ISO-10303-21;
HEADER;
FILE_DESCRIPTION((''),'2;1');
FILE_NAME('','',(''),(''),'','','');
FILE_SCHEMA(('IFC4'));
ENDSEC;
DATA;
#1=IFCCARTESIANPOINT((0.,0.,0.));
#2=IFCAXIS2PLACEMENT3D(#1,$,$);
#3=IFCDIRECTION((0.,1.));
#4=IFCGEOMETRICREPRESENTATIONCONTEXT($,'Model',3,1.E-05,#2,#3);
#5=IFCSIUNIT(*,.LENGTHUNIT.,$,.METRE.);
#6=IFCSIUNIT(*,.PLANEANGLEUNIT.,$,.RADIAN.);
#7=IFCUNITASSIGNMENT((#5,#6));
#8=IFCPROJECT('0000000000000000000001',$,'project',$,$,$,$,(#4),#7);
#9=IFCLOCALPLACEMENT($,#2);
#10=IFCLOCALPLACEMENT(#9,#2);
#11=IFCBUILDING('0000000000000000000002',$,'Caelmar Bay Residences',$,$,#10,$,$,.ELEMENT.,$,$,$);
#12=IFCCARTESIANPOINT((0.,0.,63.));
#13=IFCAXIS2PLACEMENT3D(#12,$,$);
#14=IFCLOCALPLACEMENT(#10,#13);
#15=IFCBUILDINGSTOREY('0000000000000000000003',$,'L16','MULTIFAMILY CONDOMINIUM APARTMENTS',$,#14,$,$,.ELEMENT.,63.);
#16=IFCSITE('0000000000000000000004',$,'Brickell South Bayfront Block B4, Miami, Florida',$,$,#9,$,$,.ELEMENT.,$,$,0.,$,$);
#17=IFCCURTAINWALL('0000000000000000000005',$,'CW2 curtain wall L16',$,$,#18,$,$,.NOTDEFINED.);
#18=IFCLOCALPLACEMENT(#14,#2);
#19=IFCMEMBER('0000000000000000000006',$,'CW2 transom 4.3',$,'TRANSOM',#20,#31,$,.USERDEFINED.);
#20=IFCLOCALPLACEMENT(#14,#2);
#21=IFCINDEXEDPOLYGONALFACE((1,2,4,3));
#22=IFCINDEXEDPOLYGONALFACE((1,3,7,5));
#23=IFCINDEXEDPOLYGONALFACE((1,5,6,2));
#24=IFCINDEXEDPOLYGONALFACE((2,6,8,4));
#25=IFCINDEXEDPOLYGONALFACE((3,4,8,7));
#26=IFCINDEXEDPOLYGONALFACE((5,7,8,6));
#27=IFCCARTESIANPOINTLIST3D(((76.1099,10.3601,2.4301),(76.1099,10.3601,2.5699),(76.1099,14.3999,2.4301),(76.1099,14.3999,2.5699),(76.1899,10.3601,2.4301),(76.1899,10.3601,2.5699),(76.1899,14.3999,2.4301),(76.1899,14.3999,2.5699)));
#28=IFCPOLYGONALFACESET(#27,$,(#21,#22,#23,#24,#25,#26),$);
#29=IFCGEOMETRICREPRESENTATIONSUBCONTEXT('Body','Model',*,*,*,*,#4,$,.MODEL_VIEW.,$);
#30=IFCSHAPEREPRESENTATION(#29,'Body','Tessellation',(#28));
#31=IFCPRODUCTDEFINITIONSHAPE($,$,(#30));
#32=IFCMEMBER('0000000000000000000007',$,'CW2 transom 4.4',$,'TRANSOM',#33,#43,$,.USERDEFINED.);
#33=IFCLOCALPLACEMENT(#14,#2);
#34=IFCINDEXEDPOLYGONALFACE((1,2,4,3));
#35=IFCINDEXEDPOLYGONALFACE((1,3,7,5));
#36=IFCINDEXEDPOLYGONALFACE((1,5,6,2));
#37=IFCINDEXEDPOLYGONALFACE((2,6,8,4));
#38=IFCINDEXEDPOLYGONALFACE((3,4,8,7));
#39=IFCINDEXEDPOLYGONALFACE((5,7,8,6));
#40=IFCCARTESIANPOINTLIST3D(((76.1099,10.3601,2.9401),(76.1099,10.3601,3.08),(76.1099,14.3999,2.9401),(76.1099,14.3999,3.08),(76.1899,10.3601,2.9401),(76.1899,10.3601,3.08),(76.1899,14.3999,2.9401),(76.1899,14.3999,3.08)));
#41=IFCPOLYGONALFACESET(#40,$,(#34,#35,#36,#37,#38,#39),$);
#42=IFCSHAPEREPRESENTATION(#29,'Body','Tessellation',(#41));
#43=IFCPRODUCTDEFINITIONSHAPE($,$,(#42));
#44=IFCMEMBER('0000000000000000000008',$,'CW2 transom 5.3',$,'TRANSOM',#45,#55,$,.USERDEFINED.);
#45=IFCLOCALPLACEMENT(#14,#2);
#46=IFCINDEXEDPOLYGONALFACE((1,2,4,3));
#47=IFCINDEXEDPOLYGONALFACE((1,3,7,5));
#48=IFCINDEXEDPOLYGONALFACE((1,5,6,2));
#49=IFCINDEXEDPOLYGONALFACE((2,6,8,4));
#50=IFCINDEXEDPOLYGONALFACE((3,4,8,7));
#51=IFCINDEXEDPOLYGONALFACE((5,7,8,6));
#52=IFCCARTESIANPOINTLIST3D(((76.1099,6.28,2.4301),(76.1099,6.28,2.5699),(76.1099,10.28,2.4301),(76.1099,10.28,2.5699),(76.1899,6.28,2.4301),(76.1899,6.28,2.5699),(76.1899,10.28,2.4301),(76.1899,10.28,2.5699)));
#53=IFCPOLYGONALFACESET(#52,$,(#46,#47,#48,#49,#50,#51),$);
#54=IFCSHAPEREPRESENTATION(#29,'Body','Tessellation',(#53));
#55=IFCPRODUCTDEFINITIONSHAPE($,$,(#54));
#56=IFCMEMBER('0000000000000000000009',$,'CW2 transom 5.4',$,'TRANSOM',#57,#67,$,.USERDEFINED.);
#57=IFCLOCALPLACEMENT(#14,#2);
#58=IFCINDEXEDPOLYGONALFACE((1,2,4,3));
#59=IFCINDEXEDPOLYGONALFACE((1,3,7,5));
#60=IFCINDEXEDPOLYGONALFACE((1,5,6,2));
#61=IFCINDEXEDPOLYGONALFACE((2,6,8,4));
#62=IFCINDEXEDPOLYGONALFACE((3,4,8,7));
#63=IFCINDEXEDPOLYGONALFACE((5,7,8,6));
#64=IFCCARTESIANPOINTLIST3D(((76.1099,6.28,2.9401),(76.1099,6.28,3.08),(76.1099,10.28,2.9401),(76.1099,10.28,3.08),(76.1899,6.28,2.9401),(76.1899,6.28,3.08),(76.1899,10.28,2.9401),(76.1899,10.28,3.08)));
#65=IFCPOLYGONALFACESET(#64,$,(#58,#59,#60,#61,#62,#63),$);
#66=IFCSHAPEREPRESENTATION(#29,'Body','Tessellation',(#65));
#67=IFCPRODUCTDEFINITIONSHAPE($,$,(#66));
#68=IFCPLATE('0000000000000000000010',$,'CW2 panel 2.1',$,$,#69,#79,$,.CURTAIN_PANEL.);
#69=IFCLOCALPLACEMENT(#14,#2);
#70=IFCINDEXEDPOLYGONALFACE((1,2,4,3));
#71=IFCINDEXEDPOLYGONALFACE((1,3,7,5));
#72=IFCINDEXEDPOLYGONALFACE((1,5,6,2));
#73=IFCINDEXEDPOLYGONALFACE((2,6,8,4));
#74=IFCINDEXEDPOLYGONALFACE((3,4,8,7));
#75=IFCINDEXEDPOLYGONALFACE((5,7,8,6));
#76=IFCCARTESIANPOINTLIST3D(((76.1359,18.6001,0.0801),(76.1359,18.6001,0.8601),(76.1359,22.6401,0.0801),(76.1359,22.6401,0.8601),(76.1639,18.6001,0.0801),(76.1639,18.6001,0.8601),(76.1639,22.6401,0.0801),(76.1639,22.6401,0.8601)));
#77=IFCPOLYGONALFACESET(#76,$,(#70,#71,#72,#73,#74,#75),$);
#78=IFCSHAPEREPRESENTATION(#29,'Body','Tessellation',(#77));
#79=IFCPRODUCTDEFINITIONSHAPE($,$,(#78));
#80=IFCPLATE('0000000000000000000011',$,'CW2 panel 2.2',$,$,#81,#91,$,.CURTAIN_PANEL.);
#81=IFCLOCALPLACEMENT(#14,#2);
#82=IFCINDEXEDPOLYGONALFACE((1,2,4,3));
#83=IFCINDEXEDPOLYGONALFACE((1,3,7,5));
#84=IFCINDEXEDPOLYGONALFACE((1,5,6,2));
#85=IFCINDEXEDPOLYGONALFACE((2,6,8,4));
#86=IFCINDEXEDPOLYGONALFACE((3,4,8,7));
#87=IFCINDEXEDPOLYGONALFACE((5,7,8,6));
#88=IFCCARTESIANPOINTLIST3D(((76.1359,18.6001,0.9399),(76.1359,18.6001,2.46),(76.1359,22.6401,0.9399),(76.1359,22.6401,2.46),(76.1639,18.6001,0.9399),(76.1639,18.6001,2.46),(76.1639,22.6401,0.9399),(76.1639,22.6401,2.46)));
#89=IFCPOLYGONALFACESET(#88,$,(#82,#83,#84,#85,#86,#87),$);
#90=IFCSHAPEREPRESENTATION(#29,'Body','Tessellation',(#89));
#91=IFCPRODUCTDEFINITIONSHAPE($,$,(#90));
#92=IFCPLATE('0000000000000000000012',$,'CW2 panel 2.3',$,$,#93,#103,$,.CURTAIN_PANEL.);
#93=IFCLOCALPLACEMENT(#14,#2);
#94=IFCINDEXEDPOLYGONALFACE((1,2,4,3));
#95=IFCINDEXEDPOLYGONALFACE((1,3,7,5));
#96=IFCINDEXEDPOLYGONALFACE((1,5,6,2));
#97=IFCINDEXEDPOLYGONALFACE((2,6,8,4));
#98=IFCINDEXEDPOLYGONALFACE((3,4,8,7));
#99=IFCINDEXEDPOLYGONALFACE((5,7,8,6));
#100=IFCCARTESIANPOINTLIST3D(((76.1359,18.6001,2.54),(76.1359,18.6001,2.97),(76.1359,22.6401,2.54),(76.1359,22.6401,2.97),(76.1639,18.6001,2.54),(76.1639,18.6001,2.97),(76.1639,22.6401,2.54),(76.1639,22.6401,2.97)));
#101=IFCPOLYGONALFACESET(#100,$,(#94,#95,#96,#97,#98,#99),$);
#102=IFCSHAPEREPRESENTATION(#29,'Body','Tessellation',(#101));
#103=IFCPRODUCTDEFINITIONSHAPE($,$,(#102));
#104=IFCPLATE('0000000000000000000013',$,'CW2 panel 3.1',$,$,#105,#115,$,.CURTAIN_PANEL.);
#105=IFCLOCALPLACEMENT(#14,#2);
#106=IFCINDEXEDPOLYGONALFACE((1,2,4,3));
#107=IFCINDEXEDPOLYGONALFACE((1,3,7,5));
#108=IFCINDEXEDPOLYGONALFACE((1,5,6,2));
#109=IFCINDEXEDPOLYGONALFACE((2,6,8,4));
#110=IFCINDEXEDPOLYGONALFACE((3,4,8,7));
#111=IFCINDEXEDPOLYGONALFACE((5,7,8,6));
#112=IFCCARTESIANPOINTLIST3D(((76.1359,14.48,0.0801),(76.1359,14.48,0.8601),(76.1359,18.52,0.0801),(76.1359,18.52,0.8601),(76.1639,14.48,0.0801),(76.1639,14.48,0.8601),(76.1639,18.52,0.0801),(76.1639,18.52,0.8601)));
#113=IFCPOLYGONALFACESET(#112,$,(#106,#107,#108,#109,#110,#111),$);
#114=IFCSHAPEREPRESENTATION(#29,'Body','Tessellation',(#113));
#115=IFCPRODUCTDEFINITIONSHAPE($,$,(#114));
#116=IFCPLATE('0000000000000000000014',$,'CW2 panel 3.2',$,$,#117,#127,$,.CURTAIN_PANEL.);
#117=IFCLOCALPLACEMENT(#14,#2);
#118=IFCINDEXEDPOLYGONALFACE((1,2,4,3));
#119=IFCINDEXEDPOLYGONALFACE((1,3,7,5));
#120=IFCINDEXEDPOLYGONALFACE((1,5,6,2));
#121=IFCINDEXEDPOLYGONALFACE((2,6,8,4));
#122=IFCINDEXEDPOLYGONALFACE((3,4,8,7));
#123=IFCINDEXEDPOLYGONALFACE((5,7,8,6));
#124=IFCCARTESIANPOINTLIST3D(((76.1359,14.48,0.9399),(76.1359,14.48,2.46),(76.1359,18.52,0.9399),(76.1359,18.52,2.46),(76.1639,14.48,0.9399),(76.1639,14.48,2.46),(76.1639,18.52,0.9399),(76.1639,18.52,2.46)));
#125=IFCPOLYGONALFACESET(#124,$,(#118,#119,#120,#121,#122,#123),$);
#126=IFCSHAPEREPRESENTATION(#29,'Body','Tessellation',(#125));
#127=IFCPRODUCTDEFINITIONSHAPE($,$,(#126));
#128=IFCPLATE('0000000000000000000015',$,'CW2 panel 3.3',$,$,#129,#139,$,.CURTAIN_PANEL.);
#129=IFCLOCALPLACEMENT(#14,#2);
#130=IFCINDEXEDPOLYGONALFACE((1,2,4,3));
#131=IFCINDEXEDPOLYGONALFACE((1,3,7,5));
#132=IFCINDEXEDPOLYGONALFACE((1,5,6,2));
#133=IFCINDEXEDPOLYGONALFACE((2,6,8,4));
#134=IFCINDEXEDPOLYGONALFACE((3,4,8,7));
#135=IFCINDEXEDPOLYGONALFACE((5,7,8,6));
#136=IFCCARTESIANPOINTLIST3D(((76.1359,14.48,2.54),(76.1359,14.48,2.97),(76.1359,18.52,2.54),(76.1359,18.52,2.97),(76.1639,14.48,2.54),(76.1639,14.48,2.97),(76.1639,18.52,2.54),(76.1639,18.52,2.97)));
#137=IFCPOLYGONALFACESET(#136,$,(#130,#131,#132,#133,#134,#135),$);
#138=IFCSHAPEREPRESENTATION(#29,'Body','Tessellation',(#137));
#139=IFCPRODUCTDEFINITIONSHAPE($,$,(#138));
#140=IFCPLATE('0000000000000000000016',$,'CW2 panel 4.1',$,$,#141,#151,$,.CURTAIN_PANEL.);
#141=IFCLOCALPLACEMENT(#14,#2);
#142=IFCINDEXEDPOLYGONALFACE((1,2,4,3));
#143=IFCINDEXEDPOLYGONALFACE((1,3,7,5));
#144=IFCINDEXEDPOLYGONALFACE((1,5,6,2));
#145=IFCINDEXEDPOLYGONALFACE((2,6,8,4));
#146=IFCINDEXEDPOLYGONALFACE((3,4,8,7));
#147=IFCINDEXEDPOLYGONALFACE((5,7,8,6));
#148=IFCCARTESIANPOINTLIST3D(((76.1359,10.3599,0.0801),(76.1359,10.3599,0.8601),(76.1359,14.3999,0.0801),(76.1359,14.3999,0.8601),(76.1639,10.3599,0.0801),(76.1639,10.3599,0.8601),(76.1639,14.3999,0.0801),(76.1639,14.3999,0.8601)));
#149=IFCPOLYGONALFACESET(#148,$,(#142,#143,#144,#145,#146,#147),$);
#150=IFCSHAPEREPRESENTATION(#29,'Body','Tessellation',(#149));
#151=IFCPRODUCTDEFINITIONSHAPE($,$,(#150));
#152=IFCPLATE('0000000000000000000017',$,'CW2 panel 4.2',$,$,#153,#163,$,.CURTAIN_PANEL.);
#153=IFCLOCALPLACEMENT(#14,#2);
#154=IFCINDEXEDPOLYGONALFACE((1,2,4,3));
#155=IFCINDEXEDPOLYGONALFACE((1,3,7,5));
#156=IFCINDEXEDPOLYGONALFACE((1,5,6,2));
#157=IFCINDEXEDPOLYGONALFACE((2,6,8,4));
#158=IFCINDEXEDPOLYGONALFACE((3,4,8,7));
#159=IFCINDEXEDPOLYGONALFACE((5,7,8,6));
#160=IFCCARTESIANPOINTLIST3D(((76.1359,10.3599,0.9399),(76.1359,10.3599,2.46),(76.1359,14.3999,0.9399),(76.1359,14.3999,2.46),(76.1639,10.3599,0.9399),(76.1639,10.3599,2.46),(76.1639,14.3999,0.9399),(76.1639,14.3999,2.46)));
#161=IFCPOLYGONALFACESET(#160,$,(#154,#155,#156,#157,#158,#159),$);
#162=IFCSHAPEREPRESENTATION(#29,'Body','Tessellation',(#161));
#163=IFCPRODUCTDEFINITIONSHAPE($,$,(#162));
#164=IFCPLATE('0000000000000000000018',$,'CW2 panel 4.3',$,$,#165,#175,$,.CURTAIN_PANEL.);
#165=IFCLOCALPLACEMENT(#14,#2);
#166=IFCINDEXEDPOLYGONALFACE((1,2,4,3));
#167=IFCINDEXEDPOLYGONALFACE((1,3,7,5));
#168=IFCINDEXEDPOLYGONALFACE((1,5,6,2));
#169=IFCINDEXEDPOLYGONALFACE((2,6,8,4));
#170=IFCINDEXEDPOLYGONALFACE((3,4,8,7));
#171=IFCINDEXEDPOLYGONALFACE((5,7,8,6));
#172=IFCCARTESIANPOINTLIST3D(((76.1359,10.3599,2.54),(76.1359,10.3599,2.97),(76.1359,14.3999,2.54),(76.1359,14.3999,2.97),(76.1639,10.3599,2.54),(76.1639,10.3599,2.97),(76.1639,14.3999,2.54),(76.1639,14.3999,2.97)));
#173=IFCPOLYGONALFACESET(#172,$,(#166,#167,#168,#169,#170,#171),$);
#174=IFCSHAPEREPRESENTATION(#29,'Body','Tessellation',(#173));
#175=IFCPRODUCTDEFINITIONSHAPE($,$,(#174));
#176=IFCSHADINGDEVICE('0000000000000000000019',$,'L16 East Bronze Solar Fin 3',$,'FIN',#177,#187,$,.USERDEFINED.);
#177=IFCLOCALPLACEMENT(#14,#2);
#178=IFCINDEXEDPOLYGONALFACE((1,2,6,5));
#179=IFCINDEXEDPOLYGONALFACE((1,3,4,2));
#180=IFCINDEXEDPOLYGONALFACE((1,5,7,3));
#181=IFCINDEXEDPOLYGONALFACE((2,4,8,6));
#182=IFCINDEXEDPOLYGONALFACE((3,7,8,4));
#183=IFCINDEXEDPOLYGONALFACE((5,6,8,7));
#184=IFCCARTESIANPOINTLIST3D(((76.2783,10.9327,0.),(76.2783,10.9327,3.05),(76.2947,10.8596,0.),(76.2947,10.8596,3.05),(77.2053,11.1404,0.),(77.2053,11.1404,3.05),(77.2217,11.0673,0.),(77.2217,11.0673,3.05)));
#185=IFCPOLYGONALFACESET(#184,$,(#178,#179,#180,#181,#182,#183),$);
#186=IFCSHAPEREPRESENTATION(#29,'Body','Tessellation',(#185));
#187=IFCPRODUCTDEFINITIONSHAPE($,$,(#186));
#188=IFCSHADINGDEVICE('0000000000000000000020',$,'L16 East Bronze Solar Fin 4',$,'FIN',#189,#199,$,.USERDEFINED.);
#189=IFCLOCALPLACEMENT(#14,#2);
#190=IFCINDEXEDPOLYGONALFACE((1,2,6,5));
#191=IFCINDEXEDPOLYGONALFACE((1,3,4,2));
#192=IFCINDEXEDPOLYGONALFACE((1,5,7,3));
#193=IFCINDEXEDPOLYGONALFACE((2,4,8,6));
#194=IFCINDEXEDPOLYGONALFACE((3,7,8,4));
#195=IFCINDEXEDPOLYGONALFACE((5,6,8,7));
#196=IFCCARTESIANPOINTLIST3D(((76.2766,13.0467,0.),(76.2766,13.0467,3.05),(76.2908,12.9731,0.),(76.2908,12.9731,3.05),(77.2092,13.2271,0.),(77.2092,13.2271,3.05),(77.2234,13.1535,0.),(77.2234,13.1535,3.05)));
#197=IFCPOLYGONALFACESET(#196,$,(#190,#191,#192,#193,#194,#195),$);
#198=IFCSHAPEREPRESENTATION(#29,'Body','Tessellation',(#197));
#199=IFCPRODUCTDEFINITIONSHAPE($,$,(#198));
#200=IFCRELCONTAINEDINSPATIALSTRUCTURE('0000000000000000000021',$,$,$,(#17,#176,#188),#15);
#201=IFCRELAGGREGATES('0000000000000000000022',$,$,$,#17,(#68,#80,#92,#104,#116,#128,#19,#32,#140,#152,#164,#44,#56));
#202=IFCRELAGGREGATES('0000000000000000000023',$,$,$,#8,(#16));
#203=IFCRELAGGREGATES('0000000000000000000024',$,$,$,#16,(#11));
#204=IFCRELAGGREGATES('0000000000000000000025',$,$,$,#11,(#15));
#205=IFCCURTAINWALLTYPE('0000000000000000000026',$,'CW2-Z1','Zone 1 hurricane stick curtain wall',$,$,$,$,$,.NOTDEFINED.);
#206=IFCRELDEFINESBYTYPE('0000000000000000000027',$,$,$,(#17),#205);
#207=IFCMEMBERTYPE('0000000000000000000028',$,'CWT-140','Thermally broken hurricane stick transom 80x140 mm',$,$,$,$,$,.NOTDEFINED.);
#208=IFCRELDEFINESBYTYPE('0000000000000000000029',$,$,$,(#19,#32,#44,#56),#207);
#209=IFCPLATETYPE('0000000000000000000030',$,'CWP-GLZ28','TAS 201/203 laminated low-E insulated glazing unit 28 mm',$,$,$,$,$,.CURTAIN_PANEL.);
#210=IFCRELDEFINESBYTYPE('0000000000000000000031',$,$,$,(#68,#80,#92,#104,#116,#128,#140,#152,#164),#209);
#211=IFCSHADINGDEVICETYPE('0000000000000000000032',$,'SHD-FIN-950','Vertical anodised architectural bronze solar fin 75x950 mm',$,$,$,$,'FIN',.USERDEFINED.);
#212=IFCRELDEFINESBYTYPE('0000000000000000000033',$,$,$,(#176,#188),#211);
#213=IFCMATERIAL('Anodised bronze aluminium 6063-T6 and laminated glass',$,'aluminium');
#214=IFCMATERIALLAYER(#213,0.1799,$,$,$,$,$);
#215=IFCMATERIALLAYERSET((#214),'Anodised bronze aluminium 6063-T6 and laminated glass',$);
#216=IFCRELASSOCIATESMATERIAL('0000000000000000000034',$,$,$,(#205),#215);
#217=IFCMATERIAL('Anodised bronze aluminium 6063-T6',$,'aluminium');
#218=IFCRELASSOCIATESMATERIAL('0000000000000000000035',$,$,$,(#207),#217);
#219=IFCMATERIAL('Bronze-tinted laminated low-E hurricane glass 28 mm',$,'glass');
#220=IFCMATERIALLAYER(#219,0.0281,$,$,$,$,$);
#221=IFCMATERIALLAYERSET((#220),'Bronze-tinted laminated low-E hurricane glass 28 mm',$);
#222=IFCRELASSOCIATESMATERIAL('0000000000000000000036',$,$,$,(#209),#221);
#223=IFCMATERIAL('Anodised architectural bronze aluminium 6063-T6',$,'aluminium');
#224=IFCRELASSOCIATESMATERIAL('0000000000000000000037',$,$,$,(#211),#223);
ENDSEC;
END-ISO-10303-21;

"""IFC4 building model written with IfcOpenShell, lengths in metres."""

from ifc_helpers import new_model, si_unit, direction, frame, origin, origin_2d, place, context, subcontext, project, spatial, rectangle, extrude, material, layer, layer_set, material_profile, profile_set, type_object, element, aggregate, save


model = new_model("IFC4")

# Units and contexts
model_context = context("Model", 3, precision=1e-05, world=origin(), true_north=direction((0.0, 1.0)))
body_context = subcontext(model_context, "Body", "Model", "MODEL_VIEW")
ifc_project = project(units=[si_unit("LENGTHUNIT", "METRE"), si_unit("PLANEANGLEUNIT", "RADIAN")], contexts=[model_context])

# Site, building, storey
site_placement = place(None, origin())
site = spatial("IfcSite", under=ifc_project, at=site_placement, Name="Brickell South Bayfront Block B4, Miami, Florida", CompositionType="ELEMENT", RefElevation=0.0)
building_placement = place(site_placement, origin())
building = spatial("IfcBuilding", under=site, at=building_placement, Name="Caelmar Bay Residences", CompositionType="ELEMENT")
storey_placement = place(building_placement, frame((0.0, 0.0, 63.0)))
storey = spatial("IfcBuildingStorey", under=building, at=storey_placement, Name="L16", Description="MULTIFAMILY CONDOMINIUM APARTMENTS", CompositionType="ELEMENT", Elevation=63.0)

# Curtain wall, members, plates
ifc_material_1 = material(Name="Anodised bronze aluminium 6063-T6 and laminated glass", Category="aluminium")
ifc_layer_1 = layer(ifc_material_1, 0.1799)
ifc_layer_set_1 = layer_set([ifc_layer_1], Name="Anodised bronze aluminium 6063-T6 and laminated glass")
curtain_wall_type = type_object("IfcCurtainWallType", Name="CW2-Z1", Description="Zone 1 hurricane stick curtain wall", PredefinedType="NOTDEFINED", material=ifc_layer_set_1)
curtain_wall_placement = place(storey_placement, origin())
curtain_wall = element("IfcCurtainWall", 1, at=curtain_wall_placement, inside=storey, type_object=curtain_wall_type, Name="CW2 curtain wall L16", PredefinedType="NOTDEFINED")
ifc_material_2 = material(Name="Anodised bronze aluminium 6063-T6", Category="aluminium")
ifc_material_profile_1 = material_profile(ifc_material_2, rectangle(XDim=0.0801, YDim=0.1399, at=origin_2d()), Name="CWT-80X140")
ifc_profile_set_1 = profile_set([ifc_material_profile_1], Name="Anodised bronze aluminium 6063-T6")
member_type_1 = type_object("IfcMemberType", Name="CWT-140", Description="Thermally broken hurricane stick transom 80x140 mm", PredefinedType="NOTDEFINED", material=ifc_profile_set_1)
member_1_placement = place(storey_placement, frame((76.1499, 14.3999, 2.5), z_axis=(0.0, -1.0, 0.0), x_axis=(1.0, 0.0, 0.0)))
member_1 = element("IfcMember", 2, at=member_1_placement, type_object=member_type_1, Name="CW2 transom 4.3", ObjectType="TRANSOM", PredefinedType="USERDEFINED", context=body_context, shape_type="SweptSolid", body=[
    extrude(rectangle(XDim=0.0801, YDim=0.1399, at=origin_2d()), origin(), (0.0, 0.0, 1.0), 4.0398),
])
member_2_placement = place(storey_placement, frame((76.1499, 14.3999, 3.01), z_axis=(0.0, -1.0, 0.0), x_axis=(1.0, 0.0, 0.0)))
member_2 = element("IfcMember", 3, at=member_2_placement, type_object=member_type_1, Name="CW2 transom 4.4", ObjectType="TRANSOM", PredefinedType="USERDEFINED", context=body_context, shape_type="SweptSolid", body=[
    extrude(rectangle(XDim=0.0801, YDim=0.1399, at=origin_2d()), origin(), (0.0, 0.0, 1.0), 4.0398),
])
member_3_placement = place(storey_placement, frame((76.1499, 10.28, 2.5), z_axis=(0.0, -1.0, 0.0), x_axis=(1.0, 0.0, 0.0)))
member_3 = element("IfcMember", 4, at=member_3_placement, type_object=member_type_1, Name="CW2 transom 5.3", ObjectType="TRANSOM", PredefinedType="USERDEFINED", context=body_context, shape_type="SweptSolid", body=[
    extrude(rectangle(XDim=0.0801, YDim=0.1399, at=origin_2d()), origin(), (0.0, 0.0, 1.0), 4.0),
])
member_4_placement = place(storey_placement, frame((76.1499, 10.28, 3.01), z_axis=(0.0, -1.0, 0.0), x_axis=(1.0, 0.0, 0.0)))
member_4 = element("IfcMember", 5, at=member_4_placement, type_object=member_type_1, Name="CW2 transom 5.4", ObjectType="TRANSOM", PredefinedType="USERDEFINED", context=body_context, shape_type="SweptSolid", body=[
    extrude(rectangle(XDim=0.0801, YDim=0.1399, at=origin_2d()), origin(), (0.0, 0.0, 1.0), 4.0),
])
ifc_material_3 = material(Name="Bronze-tinted laminated low-E hurricane glass 28 mm", Category="glass")
ifc_layer_2 = layer(ifc_material_3, 0.0281)
ifc_layer_set_2 = layer_set([ifc_layer_2], Name="Bronze-tinted laminated low-E hurricane glass 28 mm")
plate_type = type_object("IfcPlateType", Name="CWP-GLZ28", Description="TAS 201/203 laminated low-E insulated glazing unit 28 mm", PredefinedType="CURTAIN_PANEL", material=ifc_layer_set_2)
plate_1_placement = place(storey_placement, frame((76.1499, 20.6201, 0.0801), z_axis=(0.0, 0.0, 1.0), x_axis=(0.0, -1.0, 0.0)))
plate_1 = element("IfcPlate", 6, at=plate_1_placement, type_object=plate_type, Name="CW2 panel 2.1", PredefinedType="CURTAIN_PANEL", context=body_context, shape_type="SweptSolid", body=[
    extrude(rectangle(XDim=4.04, YDim=0.0281, at=origin_2d()), origin(), (0.0, 0.0, 1.0), 0.78),
])
plate_2_placement = place(storey_placement, frame((76.1499, 20.6201, 0.9399), z_axis=(0.0, 0.0, 1.0), x_axis=(0.0, -1.0, 0.0)))
plate_2 = element("IfcPlate", 7, at=plate_2_placement, type_object=plate_type, Name="CW2 panel 2.2", PredefinedType="CURTAIN_PANEL", context=body_context, shape_type="SweptSolid", body=[
    extrude(rectangle(XDim=4.04, YDim=0.0281, at=origin_2d()), origin(), (0.0, 0.0, 1.0), 1.52),
])
plate_3_placement = place(storey_placement, frame((76.1499, 20.6201, 2.54), z_axis=(0.0, 0.0, 1.0), x_axis=(0.0, -1.0, 0.0)))
plate_3 = element("IfcPlate", 8, at=plate_3_placement, type_object=plate_type, Name="CW2 panel 2.3", PredefinedType="CURTAIN_PANEL", context=body_context, shape_type="SweptSolid", body=[
    extrude(rectangle(XDim=4.04, YDim=0.0281, at=origin_2d()), origin(), (0.0, 0.0, 1.0), 0.4299),
])
plate_4_placement = place(storey_placement, frame((76.1499, 16.5, 0.0801), z_axis=(0.0, 0.0, 1.0), x_axis=(0.0, -1.0, 0.0)))
plate_4 = element("IfcPlate", 9, at=plate_4_placement, type_object=plate_type, Name="CW2 panel 3.1", PredefinedType="CURTAIN_PANEL", context=body_context, shape_type="SweptSolid", body=[
    extrude(rectangle(XDim=4.04, YDim=0.0281, at=origin_2d()), origin(), (0.0, 0.0, 1.0), 0.78),
])
plate_5_placement = place(storey_placement, frame((76.1499, 16.5, 0.9399), z_axis=(0.0, 0.0, 1.0), x_axis=(0.0, -1.0, 0.0)))
plate_5 = element("IfcPlate", 10, at=plate_5_placement, type_object=plate_type, Name="CW2 panel 3.2", PredefinedType="CURTAIN_PANEL", context=body_context, shape_type="SweptSolid", body=[
    extrude(rectangle(XDim=4.04, YDim=0.0281, at=origin_2d()), origin(), (0.0, 0.0, 1.0), 1.52),
])
plate_6_placement = place(storey_placement, frame((76.1499, 16.5, 2.54), z_axis=(0.0, 0.0, 1.0), x_axis=(0.0, -1.0, 0.0)))
plate_6 = element("IfcPlate", 11, at=plate_6_placement, type_object=plate_type, Name="CW2 panel 3.3", PredefinedType="CURTAIN_PANEL", context=body_context, shape_type="SweptSolid", body=[
    extrude(rectangle(XDim=4.04, YDim=0.0281, at=origin_2d()), origin(), (0.0, 0.0, 1.0), 0.4299),
])
plate_7_placement = place(storey_placement, frame((76.1499, 12.3799, 0.0801), z_axis=(0.0, 0.0, 1.0), x_axis=(0.0, -1.0, 0.0)))
plate_7 = element("IfcPlate", 12, at=plate_7_placement, type_object=plate_type, Name="CW2 panel 4.1", PredefinedType="CURTAIN_PANEL", context=body_context, shape_type="SweptSolid", body=[
    extrude(rectangle(XDim=4.04, YDim=0.0281, at=origin_2d()), origin(), (0.0, 0.0, 1.0), 0.78),
])
plate_8_placement = place(storey_placement, frame((76.1499, 12.3799, 0.9399), z_axis=(0.0, 0.0, 1.0), x_axis=(0.0, -1.0, 0.0)))
plate_8 = element("IfcPlate", 13, at=plate_8_placement, type_object=plate_type, Name="CW2 panel 4.2", PredefinedType="CURTAIN_PANEL", context=body_context, shape_type="SweptSolid", body=[
    extrude(rectangle(XDim=4.04, YDim=0.0281, at=origin_2d()), origin(), (0.0, 0.0, 1.0), 1.52),
])
plate_9_placement = place(storey_placement, frame((76.1499, 12.3799, 2.54), z_axis=(0.0, 0.0, 1.0), x_axis=(0.0, -1.0, 0.0)))
plate_9 = element("IfcPlate", 14, at=plate_9_placement, type_object=plate_type, Name="CW2 panel 4.3", PredefinedType="CURTAIN_PANEL", context=body_context, shape_type="SweptSolid", body=[
    extrude(rectangle(XDim=4.04, YDim=0.0281, at=origin_2d()), origin(), (0.0, 0.0, 1.0), 0.4299),
])
aggregate(curtain_wall, [plate_1, plate_2, plate_3, plate_4, plate_5, plate_6, member_1, member_2, plate_7, plate_8, plate_9, member_3, member_4])

# Shading devices
ifc_material_4 = material(Name="Anodised architectural bronze aluminium 6063-T6", Category="aluminium")
ifc_material_profile_2 = material_profile(ifc_material_4, rectangle(XDim=0.075, YDim=0.95, at=origin_2d()), Name="BRONZE-FIN-75X950")
ifc_profile_set_2 = profile_set([ifc_material_profile_2], Name="Anodised architectural bronze aluminium 6063-T6")
shading_device_type = type_object("IfcShadingDeviceType", Name="SHD-FIN-950", Description="Vertical anodised architectural bronze solar fin 75x950 mm", ElementType="FIN", PredefinedType="USERDEFINED", material=ifc_profile_set_2)
for number, where, z_axis, x_axis, name in (
    (15, (76.75, 11.0, 0.0), (0.0, 0.0, 1.0), (-0.218654, 0.975802, 0.0), "L16 East Bronze Solar Fin 3"),
    (16, (76.75, 13.1001, 0.0), (0.0, 0.0, 1.0), (-0.189952, 0.981793, 0.0), "L16 East Bronze Solar Fin 4"),
):
    element("IfcShadingDevice", number, at=place(storey_placement, frame(where, z_axis=z_axis, x_axis=x_axis)), inside=storey, type_object=shading_device_type, Name=name, ObjectType="FIN", PredefinedType="USERDEFINED", context=body_context, shape_type="SweptSolid", body=[
        extrude(rectangle(XDim=0.075, YDim=0.95, at=origin_2d()), origin(), (0.0, 0.0, 1.0), 3.05),
    ])

save(model, "model.ifc")
